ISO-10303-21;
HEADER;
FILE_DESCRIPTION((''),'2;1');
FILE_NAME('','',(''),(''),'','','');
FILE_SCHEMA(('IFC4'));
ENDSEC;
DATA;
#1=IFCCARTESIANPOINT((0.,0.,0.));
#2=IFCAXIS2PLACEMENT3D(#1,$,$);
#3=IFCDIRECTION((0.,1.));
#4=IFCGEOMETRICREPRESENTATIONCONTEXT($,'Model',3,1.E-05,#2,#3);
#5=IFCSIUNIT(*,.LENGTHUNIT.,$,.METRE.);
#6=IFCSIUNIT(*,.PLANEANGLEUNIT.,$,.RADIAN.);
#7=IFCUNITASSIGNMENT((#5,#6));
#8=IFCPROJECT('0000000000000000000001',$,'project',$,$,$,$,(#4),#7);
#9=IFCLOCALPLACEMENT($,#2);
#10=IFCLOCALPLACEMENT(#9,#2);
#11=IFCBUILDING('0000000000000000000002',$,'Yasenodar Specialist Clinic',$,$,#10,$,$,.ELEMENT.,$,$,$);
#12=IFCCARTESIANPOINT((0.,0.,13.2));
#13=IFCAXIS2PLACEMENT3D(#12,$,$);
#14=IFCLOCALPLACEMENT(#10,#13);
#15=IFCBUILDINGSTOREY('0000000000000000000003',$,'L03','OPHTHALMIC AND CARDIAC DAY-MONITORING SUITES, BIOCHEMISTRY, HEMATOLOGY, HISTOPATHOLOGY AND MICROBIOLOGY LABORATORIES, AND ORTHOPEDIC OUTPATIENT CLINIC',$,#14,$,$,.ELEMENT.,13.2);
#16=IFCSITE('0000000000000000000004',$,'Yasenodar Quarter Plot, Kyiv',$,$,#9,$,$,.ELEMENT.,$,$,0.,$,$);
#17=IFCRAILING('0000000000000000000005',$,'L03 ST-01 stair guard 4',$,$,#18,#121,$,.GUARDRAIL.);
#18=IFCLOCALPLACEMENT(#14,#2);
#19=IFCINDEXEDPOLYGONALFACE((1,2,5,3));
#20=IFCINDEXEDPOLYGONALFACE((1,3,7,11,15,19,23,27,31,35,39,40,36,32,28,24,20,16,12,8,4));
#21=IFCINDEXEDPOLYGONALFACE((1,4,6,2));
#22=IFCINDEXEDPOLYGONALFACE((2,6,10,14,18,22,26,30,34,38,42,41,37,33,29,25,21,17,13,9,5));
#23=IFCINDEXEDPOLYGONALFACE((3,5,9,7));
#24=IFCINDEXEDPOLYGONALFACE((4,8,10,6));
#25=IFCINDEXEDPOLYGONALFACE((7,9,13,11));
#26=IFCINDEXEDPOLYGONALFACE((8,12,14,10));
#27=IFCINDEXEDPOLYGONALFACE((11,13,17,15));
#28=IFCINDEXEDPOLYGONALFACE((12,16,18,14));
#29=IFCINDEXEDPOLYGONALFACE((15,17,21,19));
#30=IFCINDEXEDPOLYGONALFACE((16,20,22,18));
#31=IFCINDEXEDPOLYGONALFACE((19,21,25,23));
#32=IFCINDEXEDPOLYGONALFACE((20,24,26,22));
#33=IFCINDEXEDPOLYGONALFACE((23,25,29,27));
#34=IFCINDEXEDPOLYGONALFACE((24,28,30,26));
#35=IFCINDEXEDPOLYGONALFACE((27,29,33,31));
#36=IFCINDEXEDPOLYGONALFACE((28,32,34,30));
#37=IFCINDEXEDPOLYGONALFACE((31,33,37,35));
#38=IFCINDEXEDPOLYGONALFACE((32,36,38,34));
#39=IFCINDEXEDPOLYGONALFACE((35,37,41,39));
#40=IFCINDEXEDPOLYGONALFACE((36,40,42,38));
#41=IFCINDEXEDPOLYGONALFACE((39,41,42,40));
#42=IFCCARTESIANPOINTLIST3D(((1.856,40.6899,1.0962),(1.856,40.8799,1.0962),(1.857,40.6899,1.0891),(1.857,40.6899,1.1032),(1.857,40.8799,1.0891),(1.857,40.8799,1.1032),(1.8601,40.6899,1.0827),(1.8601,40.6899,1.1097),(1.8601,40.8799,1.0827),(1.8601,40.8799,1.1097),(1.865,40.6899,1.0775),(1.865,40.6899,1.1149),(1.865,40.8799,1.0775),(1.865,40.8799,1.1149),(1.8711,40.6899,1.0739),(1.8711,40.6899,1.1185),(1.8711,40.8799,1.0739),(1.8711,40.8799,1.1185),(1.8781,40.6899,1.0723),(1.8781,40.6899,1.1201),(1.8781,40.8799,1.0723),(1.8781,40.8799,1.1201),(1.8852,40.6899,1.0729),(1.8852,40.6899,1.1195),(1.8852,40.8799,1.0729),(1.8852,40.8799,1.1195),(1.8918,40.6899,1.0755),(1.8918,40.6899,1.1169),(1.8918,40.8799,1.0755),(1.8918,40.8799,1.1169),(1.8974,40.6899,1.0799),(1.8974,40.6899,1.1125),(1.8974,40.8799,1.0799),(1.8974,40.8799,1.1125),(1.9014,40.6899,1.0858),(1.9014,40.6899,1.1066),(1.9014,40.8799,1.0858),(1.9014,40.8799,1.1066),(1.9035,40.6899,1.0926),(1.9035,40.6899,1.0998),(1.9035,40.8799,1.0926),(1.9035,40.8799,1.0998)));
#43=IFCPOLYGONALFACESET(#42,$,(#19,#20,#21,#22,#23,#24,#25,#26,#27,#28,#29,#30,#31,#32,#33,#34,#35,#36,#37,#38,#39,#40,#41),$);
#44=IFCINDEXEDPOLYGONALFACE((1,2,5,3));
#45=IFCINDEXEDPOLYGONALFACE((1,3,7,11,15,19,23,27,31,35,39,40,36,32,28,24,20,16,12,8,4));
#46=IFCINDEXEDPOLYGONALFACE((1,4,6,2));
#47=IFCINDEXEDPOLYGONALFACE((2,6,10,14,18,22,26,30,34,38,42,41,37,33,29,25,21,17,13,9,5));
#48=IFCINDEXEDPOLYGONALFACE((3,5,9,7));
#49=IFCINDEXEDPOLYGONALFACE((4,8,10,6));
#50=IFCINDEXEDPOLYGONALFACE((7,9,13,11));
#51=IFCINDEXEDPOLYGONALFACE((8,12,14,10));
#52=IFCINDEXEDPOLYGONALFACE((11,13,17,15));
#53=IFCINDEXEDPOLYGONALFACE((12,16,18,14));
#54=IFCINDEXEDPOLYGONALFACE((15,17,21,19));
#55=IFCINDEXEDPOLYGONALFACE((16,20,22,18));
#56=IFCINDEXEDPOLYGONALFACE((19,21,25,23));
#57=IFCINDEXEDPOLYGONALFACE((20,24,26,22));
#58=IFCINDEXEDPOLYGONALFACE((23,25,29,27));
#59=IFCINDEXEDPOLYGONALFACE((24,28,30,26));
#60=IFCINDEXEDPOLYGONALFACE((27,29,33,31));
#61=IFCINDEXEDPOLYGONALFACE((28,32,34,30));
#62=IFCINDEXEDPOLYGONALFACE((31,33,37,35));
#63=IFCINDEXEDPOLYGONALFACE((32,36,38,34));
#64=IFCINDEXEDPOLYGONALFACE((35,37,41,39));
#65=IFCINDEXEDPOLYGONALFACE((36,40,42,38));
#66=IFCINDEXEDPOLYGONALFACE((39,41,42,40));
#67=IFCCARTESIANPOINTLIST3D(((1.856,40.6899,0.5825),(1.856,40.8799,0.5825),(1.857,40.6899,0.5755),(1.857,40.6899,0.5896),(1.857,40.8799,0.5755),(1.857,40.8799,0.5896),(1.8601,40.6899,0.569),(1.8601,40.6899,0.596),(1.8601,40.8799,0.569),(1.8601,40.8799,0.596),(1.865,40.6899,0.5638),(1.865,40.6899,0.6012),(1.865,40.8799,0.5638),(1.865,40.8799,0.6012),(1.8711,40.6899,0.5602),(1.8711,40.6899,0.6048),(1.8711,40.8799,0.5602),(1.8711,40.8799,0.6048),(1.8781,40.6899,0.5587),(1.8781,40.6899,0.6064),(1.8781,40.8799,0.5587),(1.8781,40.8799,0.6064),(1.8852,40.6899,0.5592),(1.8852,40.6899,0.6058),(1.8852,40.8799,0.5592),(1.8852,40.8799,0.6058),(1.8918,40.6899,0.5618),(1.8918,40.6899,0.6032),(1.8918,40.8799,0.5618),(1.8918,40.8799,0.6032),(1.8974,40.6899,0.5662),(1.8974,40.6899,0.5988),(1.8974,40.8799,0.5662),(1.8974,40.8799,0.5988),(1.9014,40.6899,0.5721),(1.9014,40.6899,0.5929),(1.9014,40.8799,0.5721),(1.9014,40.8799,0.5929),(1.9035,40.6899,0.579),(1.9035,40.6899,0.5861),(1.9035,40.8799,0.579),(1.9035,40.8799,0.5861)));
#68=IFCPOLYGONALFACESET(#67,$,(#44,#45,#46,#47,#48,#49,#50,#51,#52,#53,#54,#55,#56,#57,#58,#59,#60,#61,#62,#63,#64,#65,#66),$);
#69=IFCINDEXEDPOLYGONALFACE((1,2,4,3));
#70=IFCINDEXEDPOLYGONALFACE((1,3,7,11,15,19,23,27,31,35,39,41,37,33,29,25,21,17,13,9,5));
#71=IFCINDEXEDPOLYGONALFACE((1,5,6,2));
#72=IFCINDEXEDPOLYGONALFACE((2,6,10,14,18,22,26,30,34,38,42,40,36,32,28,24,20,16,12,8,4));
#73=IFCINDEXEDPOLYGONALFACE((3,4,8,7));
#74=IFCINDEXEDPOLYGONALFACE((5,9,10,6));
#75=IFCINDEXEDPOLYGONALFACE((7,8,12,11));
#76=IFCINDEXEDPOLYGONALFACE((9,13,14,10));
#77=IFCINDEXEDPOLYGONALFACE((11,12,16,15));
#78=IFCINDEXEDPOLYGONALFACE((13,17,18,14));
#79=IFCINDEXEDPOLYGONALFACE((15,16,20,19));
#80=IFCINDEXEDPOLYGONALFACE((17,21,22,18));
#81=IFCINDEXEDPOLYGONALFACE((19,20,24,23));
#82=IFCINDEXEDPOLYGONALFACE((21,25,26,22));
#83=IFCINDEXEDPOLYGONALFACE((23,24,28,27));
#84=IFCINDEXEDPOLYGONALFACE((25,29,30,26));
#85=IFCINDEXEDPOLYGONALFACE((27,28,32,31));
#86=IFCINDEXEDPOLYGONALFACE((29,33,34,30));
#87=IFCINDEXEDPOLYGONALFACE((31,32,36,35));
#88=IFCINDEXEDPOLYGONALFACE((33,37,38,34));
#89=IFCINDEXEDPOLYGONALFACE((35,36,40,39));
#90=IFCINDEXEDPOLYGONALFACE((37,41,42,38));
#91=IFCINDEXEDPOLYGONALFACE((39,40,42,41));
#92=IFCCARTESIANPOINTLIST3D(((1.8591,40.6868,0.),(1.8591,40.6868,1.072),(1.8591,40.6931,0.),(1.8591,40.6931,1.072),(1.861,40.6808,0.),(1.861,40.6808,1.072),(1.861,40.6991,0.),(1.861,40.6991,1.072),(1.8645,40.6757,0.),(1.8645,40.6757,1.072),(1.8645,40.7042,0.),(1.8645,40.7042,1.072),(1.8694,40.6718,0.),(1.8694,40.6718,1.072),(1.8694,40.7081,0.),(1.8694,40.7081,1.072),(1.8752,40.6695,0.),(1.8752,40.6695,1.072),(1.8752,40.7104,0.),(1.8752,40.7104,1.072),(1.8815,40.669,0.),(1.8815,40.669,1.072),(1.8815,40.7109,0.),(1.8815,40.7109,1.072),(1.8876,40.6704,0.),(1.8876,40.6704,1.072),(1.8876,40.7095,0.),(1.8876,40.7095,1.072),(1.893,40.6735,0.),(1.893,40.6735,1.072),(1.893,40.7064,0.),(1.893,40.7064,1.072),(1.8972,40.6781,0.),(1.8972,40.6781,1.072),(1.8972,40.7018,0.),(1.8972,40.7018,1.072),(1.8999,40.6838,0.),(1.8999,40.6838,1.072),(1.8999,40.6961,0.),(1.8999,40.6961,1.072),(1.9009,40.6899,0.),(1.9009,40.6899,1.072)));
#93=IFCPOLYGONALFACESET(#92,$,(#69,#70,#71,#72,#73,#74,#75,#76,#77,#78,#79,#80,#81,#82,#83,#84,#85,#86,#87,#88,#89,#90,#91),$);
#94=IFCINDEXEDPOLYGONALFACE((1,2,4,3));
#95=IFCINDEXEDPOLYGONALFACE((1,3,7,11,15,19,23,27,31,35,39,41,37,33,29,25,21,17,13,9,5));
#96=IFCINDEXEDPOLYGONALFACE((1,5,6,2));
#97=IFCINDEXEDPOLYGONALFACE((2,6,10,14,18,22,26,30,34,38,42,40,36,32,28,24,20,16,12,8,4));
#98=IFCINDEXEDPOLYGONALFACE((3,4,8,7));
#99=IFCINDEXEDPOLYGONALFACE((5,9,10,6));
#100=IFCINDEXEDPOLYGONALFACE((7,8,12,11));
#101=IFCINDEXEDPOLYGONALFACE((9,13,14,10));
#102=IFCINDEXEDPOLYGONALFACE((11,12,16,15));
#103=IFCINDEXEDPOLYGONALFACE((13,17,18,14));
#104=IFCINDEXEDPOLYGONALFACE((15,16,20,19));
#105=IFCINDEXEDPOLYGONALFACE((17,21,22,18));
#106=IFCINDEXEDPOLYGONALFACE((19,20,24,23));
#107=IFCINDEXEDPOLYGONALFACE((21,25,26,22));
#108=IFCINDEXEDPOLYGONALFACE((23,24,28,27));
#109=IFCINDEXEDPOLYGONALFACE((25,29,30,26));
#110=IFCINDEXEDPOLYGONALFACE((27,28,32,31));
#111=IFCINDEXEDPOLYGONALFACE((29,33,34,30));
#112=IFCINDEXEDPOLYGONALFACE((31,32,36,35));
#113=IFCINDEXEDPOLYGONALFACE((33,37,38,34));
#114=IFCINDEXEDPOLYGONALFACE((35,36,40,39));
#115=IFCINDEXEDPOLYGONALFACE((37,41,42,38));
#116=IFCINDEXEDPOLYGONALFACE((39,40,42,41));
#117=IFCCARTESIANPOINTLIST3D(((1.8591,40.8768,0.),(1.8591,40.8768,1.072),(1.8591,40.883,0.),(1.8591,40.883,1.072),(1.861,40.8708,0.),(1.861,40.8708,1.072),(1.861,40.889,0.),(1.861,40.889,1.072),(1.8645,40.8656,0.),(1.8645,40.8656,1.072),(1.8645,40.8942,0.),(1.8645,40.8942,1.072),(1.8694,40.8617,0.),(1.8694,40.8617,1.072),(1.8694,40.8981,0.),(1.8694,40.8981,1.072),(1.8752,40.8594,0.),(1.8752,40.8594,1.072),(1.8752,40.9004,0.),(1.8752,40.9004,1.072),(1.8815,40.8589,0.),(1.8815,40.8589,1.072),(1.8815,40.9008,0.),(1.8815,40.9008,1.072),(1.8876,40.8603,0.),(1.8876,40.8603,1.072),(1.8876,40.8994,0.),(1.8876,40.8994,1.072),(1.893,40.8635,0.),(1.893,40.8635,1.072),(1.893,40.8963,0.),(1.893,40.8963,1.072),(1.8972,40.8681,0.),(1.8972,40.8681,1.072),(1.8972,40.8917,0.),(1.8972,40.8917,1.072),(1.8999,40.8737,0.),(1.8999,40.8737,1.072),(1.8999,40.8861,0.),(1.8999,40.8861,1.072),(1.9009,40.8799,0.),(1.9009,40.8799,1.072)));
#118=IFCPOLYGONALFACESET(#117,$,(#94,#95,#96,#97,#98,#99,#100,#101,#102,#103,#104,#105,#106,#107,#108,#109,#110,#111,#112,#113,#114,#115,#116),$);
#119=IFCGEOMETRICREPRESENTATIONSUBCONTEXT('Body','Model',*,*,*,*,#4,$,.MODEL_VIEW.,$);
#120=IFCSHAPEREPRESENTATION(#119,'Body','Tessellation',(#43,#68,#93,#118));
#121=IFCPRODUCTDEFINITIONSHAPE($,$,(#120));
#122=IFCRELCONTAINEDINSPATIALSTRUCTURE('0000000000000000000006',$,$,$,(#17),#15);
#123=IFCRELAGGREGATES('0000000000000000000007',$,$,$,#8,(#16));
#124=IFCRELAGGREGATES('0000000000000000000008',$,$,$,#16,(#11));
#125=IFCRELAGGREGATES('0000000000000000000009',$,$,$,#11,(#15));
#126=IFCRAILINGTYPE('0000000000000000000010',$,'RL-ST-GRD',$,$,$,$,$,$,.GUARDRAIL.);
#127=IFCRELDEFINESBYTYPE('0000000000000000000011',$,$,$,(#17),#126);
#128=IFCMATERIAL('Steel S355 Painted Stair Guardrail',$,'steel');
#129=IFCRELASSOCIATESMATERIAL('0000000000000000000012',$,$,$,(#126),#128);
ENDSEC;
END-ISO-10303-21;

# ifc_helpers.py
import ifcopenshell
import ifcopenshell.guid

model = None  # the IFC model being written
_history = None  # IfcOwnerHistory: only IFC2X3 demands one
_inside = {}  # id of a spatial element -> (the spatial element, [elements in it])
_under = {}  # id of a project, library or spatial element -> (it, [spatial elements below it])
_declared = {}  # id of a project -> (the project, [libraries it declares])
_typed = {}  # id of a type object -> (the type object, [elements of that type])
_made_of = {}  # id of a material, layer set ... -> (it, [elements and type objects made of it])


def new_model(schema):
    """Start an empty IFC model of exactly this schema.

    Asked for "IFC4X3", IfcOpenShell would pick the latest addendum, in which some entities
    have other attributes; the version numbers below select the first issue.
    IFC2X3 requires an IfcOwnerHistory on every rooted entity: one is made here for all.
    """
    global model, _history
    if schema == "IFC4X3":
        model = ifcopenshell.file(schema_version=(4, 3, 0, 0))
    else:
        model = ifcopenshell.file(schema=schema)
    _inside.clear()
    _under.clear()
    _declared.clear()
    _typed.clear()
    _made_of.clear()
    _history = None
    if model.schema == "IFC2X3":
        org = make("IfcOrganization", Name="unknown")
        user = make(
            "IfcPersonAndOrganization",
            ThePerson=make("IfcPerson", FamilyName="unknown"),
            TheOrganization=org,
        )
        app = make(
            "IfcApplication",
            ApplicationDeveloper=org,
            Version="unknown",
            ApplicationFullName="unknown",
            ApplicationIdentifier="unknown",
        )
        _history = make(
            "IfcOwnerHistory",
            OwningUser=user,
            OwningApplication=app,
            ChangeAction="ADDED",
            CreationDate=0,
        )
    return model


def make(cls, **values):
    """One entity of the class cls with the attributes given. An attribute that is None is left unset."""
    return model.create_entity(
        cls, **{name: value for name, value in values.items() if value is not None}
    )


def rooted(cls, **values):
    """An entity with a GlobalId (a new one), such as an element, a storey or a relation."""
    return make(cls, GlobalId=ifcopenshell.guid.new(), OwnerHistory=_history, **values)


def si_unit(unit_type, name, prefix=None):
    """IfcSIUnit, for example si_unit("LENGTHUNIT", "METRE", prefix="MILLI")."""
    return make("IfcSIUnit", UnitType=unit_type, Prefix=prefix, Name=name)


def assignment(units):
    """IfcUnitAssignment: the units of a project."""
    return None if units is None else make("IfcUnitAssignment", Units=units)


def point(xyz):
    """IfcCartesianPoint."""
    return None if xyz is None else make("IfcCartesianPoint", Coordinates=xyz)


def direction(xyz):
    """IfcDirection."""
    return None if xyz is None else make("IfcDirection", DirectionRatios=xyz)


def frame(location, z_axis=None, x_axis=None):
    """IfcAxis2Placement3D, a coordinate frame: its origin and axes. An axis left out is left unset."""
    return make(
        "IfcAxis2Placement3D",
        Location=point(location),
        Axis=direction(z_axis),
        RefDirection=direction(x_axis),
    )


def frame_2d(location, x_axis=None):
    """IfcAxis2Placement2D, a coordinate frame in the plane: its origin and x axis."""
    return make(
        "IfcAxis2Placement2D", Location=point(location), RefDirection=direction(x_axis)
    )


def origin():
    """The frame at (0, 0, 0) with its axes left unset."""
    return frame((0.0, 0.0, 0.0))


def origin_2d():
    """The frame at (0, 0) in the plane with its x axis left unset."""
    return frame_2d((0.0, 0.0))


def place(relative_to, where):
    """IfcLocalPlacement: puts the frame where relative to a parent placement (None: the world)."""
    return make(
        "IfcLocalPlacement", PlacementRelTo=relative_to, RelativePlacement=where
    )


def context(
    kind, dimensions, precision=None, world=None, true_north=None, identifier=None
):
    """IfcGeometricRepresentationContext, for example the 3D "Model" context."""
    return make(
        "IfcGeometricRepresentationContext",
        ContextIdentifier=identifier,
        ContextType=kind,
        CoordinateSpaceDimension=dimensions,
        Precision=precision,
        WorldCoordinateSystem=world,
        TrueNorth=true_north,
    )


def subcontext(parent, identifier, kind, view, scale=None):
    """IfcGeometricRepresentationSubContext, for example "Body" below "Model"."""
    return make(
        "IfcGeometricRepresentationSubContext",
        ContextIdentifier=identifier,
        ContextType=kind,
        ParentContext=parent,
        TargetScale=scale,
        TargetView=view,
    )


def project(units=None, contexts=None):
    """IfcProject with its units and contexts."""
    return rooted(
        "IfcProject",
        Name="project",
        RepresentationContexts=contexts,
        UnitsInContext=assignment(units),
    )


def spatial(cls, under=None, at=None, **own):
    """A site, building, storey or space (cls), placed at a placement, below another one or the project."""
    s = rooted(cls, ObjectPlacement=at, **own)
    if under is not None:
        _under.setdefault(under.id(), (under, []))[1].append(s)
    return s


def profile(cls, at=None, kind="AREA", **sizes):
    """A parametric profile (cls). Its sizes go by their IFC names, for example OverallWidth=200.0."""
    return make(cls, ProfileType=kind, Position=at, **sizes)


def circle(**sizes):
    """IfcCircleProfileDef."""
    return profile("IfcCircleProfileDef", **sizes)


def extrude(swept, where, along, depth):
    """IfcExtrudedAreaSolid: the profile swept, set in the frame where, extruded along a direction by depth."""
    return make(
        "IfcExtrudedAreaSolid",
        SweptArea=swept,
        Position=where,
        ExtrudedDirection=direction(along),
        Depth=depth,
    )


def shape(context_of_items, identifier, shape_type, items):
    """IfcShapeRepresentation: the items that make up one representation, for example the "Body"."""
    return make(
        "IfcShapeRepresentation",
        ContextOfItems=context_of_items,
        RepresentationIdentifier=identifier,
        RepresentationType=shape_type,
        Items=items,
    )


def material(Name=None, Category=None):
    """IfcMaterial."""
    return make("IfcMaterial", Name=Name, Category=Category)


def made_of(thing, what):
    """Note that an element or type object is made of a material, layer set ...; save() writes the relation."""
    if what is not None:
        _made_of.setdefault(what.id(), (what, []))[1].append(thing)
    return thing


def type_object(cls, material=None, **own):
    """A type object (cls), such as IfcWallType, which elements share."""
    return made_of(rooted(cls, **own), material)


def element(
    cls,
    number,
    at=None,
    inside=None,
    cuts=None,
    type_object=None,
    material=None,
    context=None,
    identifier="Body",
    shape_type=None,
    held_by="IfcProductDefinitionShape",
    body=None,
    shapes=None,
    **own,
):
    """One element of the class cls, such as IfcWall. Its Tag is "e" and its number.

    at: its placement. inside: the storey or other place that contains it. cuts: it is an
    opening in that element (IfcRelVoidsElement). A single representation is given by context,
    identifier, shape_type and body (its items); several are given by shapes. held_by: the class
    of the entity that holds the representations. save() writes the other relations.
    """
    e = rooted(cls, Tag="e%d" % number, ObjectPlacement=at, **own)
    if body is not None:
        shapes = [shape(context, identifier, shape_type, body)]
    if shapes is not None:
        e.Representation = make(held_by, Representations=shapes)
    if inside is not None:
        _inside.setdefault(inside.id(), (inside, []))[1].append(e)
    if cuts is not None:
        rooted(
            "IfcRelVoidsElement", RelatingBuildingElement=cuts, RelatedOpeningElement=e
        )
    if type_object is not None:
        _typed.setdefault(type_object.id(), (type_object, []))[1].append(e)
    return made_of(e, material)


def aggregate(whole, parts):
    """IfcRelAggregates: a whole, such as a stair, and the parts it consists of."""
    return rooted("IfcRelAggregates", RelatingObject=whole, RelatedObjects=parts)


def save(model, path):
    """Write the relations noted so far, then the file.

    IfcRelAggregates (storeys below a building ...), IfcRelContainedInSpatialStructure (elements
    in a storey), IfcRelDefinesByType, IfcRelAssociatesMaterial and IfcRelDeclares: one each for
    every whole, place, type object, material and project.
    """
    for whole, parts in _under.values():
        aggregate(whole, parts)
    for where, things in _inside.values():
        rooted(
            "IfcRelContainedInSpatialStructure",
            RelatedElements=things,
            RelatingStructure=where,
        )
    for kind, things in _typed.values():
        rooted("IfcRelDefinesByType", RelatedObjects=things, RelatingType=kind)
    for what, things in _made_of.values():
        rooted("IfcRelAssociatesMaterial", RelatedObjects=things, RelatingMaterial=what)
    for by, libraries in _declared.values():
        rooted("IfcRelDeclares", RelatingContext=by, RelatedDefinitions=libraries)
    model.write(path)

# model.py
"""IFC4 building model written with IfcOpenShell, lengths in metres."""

from ifc_helpers import new_model, si_unit, direction, frame, origin, origin_2d, place, context, subcontext, project, spatial, circle, extrude, material, type_object, element, save


model = new_model("IFC4")

# Units and contexts
model_context = context("Model", 3, precision=1e-05, world=origin(), true_north=direction((0.0, 1.0)))
body_context = subcontext(model_context, "Body", "Model", "MODEL_VIEW")
ifc_project = project(units=[si_unit("LENGTHUNIT", "METRE"), si_unit("PLANEANGLEUNIT", "RADIAN")], contexts=[model_context])

# Site, building, storey
site_placement = place(None, origin())
site = spatial("IfcSite", under=ifc_project, at=site_placement, Name="Yasenodar Quarter Plot, Kyiv", CompositionType="ELEMENT", RefElevation=0.0)
building_placement = place(site_placement, origin())
building = spatial("IfcBuilding", under=site, at=building_placement, Name="Yasenodar Specialist Clinic", CompositionType="ELEMENT")
storey_placement = place(building_placement, frame((0.0, 0.0, 13.2)))
storey = spatial("IfcBuildingStorey", under=building, at=storey_placement, Name="L03", Description="OPHTHALMIC AND CARDIAC DAY-MONITORING SUITES, BIOCHEMISTRY, HEMATOLOGY, HISTOPATHOLOGY AND MICROBIOLOGY LABORATORIES, AND ORTHOPEDIC OUTPATIENT CLINIC", CompositionType="ELEMENT", Elevation=13.2)

# Railing
ifc_material_1 = material(Name="Steel S355 Painted Stair Guardrail", Category="steel")
railing_type_1 = type_object("IfcRailingType", Name="RL-ST-GRD", PredefinedType="GUARDRAIL", material=ifc_material_1)
railing_1_placement = place(storey_placement, frame((1.8799, 40.6899, 0.0)))
element("IfcRailing", 1, at=railing_1_placement, inside=storey, type_object=railing_type_1, Name="L03 ST-01 stair guard 4", PredefinedType="GUARDRAIL", context=body_context, shape_type="SweptSolid", body=[
    extrude(circle(Radius=0.0239, at=origin_2d()), frame((0.0, 0.0, 1.0962), z_axis=(0.0, 1.0, 0.0), x_axis=(-1.0, 0.0, 0.0)), (0.0, 0.0, 1.0), 0.1899),
    extrude(circle(Radius=0.0239, at=origin_2d()), frame((0.0, 0.0, 0.5825), z_axis=(0.0, 1.0, 0.0), x_axis=(-1.0, 0.0, 0.0)), (0.0, 0.0, 1.0), 0.1899),
    extrude(circle(Radius=0.021, at=origin_2d()), origin(), (0.0, 0.0, 1.0), 1.072),
    extrude(circle(Radius=0.021, at=origin_2d()), frame((0.0, 0.1899, 0.0)), (0.0, 0.0, 1.0), 1.072),
])

save(model, "model.ifc")
